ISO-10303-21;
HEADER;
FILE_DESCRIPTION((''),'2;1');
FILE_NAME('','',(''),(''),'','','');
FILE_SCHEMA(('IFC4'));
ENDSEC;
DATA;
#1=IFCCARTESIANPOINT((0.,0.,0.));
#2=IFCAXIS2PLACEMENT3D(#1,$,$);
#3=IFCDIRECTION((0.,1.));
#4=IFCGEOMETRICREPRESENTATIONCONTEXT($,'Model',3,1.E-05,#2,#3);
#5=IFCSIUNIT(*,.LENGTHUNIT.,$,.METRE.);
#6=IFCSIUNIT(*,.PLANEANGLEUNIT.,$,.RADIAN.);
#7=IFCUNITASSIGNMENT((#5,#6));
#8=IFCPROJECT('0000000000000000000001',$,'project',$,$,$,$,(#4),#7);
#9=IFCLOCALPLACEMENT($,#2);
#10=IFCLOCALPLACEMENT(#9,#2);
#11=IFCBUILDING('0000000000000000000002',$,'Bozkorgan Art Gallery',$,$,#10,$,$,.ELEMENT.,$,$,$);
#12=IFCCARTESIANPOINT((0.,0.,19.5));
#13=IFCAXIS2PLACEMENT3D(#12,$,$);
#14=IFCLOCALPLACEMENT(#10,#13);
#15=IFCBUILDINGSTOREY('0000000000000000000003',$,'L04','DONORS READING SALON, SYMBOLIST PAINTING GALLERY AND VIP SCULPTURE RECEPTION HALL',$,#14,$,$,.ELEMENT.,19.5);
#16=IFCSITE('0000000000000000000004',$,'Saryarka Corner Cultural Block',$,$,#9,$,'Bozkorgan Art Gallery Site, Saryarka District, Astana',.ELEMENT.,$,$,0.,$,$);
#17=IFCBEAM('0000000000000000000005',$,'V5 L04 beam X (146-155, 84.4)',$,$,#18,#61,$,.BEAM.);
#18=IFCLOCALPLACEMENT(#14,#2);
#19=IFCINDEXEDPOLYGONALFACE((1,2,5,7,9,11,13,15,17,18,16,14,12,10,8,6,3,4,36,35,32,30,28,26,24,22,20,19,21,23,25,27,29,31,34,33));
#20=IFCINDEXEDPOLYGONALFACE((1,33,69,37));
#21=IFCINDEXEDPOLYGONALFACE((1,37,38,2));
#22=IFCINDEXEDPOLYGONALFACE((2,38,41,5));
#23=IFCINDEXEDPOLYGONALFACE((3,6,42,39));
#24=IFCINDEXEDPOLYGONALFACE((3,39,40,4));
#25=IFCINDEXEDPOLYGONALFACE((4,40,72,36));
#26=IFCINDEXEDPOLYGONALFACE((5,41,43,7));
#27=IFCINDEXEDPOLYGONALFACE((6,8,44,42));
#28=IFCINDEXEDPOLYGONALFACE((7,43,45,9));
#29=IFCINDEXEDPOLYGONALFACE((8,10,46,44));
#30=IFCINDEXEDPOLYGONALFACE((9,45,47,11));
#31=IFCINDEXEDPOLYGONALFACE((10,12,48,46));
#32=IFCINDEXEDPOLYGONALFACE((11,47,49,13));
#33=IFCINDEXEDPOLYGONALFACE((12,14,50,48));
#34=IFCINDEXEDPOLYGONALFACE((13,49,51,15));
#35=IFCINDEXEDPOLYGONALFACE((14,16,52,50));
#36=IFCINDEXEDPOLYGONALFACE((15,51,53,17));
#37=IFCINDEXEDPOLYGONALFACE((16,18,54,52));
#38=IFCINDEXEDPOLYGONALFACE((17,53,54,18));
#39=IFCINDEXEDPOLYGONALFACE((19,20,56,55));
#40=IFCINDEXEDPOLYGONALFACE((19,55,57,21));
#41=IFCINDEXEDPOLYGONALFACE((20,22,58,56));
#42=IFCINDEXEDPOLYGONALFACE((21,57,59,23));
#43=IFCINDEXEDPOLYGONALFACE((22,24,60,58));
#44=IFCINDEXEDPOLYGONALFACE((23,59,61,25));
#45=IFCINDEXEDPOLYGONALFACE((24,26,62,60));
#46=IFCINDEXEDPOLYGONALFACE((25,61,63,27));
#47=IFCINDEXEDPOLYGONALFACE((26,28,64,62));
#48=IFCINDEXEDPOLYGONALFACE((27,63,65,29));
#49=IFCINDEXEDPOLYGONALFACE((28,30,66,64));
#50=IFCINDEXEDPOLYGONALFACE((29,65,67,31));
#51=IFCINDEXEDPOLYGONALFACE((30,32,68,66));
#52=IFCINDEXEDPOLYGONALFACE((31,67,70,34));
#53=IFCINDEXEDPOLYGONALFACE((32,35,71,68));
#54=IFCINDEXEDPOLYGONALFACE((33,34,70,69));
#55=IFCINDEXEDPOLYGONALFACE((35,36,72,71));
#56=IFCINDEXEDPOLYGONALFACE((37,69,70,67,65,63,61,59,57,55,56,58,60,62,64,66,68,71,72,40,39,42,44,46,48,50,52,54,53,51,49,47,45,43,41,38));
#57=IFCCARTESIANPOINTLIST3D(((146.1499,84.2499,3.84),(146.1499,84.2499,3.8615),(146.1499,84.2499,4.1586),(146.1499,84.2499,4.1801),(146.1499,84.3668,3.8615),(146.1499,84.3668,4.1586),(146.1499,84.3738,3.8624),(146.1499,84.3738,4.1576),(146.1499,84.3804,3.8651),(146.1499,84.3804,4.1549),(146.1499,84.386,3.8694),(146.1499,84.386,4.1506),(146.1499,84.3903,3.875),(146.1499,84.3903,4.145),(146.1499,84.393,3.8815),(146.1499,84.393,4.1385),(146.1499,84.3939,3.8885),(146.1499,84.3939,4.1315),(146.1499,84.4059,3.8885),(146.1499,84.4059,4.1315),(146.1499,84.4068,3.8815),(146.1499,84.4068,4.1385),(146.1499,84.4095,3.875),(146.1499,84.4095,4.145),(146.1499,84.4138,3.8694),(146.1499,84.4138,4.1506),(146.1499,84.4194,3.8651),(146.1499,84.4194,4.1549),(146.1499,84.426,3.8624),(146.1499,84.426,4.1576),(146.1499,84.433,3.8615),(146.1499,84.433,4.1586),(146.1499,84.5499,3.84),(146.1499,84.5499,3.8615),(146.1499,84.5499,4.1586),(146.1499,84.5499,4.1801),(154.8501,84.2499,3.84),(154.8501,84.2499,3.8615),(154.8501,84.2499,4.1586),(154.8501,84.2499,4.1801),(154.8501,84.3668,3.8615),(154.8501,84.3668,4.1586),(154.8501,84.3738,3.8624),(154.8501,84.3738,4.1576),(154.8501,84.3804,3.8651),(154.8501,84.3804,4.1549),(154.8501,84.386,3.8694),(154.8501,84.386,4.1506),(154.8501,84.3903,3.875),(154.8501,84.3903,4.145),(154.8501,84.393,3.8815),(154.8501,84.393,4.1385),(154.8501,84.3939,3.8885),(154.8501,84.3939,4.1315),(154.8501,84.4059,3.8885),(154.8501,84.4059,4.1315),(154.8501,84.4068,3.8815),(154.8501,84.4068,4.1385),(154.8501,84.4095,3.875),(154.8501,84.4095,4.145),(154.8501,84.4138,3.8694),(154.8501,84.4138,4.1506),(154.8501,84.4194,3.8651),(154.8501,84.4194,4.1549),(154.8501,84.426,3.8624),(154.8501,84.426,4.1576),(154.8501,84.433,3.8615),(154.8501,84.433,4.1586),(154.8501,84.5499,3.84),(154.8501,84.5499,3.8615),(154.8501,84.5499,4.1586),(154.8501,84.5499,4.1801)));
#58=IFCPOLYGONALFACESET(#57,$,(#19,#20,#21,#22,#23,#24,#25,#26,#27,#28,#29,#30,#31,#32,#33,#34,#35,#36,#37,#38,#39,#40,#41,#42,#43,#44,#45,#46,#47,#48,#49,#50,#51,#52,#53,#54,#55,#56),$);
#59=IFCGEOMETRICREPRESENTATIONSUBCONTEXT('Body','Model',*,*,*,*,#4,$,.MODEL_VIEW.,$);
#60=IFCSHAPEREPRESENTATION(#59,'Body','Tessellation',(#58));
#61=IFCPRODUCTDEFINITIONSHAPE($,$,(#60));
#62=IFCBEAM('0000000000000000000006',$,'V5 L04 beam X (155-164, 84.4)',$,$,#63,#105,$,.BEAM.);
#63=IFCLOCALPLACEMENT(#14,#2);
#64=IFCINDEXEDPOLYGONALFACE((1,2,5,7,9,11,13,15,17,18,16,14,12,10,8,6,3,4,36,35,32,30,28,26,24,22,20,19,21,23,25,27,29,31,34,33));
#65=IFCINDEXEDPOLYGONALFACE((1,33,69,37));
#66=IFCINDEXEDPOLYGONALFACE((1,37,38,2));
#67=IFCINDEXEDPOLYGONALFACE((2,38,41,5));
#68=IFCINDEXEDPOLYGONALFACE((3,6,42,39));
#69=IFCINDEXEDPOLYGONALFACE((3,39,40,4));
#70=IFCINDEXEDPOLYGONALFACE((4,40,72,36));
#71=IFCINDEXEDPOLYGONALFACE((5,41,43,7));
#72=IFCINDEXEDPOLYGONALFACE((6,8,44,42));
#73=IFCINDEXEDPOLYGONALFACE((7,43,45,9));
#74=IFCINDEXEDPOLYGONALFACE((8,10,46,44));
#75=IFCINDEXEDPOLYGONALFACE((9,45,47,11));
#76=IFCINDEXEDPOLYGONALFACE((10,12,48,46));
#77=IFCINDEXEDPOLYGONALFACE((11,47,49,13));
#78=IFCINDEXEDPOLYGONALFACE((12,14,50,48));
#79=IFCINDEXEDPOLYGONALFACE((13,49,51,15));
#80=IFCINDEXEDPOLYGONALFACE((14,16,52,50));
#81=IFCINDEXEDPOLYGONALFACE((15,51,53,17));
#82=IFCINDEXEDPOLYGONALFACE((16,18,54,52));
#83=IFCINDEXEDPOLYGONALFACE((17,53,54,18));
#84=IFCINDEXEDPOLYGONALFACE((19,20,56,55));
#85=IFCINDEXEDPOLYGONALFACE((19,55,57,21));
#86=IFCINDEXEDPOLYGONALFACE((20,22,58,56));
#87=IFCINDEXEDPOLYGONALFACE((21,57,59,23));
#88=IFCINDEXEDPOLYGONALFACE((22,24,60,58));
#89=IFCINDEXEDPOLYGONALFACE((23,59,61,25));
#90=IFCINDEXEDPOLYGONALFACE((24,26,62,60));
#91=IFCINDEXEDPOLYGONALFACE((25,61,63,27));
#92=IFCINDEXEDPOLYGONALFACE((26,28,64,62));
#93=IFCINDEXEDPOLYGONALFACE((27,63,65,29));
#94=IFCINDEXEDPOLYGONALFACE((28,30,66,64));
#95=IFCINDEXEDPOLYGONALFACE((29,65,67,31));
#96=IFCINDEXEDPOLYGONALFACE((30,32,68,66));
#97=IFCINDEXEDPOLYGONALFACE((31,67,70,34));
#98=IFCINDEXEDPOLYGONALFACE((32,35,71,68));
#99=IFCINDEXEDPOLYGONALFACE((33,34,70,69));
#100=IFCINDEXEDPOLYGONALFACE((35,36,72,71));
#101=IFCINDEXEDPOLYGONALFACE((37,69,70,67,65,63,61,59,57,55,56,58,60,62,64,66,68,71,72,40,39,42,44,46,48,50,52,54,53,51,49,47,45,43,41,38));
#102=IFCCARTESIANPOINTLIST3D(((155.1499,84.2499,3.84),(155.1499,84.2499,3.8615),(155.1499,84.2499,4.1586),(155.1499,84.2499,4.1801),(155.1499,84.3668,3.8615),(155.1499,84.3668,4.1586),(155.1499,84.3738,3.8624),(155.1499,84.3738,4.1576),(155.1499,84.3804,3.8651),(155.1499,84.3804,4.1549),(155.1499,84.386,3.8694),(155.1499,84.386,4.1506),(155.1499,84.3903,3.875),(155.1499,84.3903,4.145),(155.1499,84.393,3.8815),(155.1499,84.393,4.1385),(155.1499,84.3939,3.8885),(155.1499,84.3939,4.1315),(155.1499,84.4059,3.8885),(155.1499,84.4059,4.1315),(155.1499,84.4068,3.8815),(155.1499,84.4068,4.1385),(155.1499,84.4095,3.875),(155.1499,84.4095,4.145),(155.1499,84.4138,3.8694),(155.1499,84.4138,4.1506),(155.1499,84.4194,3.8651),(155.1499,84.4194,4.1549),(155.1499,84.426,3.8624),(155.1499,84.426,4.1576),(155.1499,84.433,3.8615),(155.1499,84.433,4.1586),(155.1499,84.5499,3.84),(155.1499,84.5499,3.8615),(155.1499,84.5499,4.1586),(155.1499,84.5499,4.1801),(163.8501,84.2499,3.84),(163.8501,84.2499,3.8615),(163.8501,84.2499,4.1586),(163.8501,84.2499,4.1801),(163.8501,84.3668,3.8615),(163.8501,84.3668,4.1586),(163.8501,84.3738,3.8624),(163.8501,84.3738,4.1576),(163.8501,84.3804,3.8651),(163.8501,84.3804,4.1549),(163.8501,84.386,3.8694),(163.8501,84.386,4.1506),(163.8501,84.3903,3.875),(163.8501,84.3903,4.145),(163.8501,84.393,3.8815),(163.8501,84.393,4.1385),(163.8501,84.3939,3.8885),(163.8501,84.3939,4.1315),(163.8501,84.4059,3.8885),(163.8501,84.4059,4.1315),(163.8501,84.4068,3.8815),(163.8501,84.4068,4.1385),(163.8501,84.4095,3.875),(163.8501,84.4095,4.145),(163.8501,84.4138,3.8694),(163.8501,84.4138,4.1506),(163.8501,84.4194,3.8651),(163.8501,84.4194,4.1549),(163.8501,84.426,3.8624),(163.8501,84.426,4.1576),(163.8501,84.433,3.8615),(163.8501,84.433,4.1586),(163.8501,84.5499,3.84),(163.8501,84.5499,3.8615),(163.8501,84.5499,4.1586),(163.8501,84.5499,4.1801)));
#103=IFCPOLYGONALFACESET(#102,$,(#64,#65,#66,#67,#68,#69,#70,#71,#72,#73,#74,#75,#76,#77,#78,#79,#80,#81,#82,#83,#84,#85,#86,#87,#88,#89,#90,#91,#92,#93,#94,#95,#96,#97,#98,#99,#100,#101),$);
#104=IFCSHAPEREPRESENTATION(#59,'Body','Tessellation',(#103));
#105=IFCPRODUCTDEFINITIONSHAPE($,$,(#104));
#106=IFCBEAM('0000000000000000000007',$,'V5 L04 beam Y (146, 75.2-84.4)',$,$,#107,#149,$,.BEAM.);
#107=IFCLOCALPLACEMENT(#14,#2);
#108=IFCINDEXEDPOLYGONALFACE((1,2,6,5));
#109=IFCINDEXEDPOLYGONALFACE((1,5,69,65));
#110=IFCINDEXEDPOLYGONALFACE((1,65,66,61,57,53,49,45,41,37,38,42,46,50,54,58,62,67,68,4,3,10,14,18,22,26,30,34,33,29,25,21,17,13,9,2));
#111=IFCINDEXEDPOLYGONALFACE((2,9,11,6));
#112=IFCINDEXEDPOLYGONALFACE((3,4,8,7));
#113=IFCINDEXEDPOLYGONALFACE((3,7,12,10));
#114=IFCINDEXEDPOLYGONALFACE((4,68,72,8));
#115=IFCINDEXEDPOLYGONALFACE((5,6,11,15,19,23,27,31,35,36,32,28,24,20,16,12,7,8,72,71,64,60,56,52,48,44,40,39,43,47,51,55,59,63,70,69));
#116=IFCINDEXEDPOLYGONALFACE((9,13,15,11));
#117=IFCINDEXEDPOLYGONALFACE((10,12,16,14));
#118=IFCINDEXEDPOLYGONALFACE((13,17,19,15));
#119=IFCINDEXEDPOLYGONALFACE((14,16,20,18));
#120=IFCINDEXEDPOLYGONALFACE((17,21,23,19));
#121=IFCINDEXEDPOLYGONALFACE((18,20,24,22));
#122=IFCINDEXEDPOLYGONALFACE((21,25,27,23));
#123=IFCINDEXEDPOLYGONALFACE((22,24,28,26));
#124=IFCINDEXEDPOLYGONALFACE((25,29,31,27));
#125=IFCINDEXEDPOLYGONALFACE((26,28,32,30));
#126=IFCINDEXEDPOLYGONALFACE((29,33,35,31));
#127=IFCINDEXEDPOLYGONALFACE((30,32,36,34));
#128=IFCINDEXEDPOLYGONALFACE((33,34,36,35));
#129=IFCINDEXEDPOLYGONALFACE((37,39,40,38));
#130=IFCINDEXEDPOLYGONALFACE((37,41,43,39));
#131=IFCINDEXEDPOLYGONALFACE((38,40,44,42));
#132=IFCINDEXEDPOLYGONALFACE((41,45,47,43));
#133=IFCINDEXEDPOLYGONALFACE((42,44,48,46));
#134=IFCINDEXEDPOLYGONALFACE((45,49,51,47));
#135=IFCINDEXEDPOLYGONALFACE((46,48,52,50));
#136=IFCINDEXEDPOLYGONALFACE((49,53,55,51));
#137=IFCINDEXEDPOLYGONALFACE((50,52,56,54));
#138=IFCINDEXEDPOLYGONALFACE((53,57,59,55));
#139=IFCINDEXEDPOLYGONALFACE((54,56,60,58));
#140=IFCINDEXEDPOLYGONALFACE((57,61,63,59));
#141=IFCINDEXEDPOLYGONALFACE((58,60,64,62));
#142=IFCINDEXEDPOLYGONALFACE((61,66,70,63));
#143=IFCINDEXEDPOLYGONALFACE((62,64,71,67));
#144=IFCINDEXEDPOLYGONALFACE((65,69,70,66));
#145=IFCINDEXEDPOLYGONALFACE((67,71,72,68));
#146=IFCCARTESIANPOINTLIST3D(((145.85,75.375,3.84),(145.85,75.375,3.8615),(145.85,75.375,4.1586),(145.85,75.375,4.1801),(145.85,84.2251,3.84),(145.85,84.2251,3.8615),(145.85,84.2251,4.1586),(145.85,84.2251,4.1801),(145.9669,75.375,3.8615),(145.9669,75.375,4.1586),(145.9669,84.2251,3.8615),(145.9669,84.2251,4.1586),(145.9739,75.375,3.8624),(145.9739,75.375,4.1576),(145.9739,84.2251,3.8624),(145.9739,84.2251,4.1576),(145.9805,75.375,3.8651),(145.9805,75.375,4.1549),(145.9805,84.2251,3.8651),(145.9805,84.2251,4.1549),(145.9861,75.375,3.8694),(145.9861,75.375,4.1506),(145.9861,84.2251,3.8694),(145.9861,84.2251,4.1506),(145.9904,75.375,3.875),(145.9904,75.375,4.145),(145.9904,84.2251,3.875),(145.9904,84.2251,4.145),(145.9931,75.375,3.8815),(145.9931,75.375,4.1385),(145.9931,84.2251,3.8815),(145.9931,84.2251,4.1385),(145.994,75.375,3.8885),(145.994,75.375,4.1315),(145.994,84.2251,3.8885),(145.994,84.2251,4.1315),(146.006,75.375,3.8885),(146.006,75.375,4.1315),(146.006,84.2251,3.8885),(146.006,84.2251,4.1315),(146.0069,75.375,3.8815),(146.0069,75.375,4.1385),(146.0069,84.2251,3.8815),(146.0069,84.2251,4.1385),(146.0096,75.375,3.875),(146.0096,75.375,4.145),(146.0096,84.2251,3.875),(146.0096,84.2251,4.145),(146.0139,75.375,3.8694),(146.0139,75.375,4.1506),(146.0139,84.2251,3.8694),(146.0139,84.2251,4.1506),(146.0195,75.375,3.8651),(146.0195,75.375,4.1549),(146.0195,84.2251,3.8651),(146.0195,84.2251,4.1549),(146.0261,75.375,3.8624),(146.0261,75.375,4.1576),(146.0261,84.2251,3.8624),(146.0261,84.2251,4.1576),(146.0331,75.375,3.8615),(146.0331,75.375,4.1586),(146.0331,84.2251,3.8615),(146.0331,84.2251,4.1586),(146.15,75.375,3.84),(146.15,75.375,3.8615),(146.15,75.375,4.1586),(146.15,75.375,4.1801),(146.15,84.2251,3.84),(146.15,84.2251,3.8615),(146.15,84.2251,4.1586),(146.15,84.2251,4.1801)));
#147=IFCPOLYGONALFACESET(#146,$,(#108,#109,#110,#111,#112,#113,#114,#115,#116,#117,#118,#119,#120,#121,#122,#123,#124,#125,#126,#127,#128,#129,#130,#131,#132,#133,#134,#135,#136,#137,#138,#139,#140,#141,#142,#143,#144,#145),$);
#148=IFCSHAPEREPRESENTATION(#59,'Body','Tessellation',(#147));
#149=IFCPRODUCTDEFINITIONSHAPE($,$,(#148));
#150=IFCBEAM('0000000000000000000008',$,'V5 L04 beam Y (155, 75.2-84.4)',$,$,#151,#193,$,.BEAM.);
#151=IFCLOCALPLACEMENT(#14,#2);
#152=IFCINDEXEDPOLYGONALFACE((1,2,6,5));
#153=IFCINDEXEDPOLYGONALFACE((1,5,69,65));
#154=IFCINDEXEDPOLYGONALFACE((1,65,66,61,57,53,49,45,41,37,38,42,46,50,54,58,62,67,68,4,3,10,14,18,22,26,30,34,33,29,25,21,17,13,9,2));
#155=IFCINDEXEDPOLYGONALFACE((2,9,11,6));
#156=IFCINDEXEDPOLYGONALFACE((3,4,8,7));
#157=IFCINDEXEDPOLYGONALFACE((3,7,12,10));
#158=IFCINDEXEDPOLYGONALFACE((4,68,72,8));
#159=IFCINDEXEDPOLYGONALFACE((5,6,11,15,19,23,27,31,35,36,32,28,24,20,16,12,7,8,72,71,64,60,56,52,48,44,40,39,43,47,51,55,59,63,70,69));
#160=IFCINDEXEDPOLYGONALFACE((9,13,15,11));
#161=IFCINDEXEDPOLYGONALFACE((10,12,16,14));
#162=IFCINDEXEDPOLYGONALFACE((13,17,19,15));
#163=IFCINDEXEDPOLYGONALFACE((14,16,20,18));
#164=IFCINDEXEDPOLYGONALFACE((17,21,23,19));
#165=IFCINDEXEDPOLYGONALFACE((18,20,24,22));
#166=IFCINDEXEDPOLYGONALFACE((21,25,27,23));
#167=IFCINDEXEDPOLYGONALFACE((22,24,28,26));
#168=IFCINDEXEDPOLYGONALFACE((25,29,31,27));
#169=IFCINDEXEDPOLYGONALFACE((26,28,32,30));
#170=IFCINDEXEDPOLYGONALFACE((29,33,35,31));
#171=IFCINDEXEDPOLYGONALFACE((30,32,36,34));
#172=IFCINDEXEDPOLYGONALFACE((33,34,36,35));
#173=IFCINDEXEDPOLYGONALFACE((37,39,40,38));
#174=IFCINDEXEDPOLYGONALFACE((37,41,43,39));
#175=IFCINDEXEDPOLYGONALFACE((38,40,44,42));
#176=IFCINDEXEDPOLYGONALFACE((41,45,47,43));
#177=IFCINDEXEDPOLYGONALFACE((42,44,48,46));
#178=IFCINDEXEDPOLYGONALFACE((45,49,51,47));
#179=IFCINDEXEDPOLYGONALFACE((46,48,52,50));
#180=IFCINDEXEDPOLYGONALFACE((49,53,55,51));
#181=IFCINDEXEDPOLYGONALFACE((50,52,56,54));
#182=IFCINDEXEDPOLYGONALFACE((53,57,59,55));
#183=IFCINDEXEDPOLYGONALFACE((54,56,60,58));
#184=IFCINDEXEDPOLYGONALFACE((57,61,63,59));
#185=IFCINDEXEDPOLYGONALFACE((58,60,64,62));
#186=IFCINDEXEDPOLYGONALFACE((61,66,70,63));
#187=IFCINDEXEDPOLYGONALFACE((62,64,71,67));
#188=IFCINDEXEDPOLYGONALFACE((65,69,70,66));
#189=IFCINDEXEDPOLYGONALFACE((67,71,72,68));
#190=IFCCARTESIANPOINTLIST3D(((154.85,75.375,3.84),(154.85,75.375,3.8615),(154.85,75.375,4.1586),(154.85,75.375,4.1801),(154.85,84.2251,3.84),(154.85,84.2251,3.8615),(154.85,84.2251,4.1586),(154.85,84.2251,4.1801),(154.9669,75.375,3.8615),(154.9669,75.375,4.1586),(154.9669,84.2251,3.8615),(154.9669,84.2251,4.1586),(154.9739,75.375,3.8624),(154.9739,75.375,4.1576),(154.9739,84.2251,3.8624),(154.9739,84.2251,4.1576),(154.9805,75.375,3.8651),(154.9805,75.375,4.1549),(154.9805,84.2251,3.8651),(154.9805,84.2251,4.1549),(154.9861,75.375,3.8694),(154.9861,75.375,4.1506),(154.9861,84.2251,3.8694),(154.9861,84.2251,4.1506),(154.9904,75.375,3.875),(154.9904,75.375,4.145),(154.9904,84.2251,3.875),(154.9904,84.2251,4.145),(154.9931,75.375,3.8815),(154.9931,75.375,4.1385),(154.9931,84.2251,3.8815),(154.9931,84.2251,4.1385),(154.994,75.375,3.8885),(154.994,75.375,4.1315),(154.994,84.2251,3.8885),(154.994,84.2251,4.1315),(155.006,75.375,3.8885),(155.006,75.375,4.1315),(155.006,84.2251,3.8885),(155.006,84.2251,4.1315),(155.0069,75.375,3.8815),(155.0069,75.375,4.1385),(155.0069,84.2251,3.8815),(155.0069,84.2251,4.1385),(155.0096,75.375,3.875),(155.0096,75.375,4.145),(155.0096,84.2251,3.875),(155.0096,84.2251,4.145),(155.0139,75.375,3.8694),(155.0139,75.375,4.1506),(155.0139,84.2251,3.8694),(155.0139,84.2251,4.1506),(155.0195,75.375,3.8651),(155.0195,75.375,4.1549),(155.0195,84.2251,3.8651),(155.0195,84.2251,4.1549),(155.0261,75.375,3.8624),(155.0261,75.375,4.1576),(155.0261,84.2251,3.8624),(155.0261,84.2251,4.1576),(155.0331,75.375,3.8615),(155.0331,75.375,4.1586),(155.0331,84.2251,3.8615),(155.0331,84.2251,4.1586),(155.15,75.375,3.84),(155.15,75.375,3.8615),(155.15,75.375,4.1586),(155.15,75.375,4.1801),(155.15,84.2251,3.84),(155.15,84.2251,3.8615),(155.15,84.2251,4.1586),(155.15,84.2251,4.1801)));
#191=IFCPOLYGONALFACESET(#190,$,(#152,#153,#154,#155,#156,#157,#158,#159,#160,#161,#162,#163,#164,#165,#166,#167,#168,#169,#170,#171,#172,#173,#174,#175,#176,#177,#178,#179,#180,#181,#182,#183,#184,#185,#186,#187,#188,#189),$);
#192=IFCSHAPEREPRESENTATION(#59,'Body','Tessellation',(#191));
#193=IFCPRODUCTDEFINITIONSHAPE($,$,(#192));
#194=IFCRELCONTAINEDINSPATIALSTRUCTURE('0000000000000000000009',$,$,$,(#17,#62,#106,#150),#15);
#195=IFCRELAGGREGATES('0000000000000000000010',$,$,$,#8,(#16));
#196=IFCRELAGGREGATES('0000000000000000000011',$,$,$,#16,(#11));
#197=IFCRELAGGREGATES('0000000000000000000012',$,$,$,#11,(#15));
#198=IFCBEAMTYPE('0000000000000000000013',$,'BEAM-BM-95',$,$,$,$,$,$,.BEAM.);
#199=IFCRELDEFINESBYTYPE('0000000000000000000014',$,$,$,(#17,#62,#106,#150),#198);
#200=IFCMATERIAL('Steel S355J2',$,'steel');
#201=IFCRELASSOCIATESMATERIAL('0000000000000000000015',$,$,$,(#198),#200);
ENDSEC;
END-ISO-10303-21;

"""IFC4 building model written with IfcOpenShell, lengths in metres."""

from ifc_helpers import new_model, si_unit, direction, frame, origin, origin_2d, place, context, subcontext, project, spatial, i_section, extrude, material, material_profile, profile_set, type_object, element, save


model = new_model("IFC4")

# Units and contexts
model_context = context("Model", 3, precision=1e-05, world=origin(), true_north=direction((0.0, 1.0)))
body_context = subcontext(model_context, "Body", "Model", "MODEL_VIEW")
ifc_project = project(units=[si_unit("LENGTHUNIT", "METRE"), si_unit("PLANEANGLEUNIT", "RADIAN")], contexts=[model_context])

# Site, building, storey
site_placement = place(None, origin())
site = spatial("IfcSite", under=ifc_project, at=site_placement, Name="Saryarka Corner Cultural Block", LongName="Bozkorgan Art Gallery Site, Saryarka District, Astana", CompositionType="ELEMENT", RefElevation=0.0)
building_placement = place(site_placement, origin())
building = spatial("IfcBuilding", under=site, at=building_placement, Name="Bozkorgan Art Gallery", CompositionType="ELEMENT")
storey_placement = place(building_placement, frame((0.0, 0.0, 19.5)))
storey = spatial("IfcBuildingStorey", under=building, at=storey_placement, Name="L04", Description="DONORS READING SALON, SYMBOLIST PAINTING GALLERY AND VIP SCULPTURE RECEPTION HALL", CompositionType="ELEMENT", Elevation=19.5)

# Shared definitions
ifc_material_1 = material(Name="Steel S355J2", Category="steel")

# Beams
ifc_material_profile_1 = material_profile(ifc_material_1, i_section(OverallWidth=0.3, OverallDepth=0.3401, WebThickness=0.012, FlangeThickness=0.0215, FilletRadius=0.0271, at=origin_2d()), Name="HEB 340")
ifc_profile_set_1 = profile_set([ifc_material_profile_1], Name="Steel S355J2")
beam_type = type_object("IfcBeamType", Name="BEAM-BM-95", PredefinedType="BEAM", material=ifc_profile_set_1)
for number, where, z_axis, x_axis, name in (
    (1, (146.1499, 84.3999, 4.01), (1.0, 0.0, 0.0), (0.0, 1.0, 0.0), "V5 L04 beam X (146-155, 84.4)"),
    (2, (155.1499, 84.3999, 4.01), (1.0, 0.0, 0.0), (0.0, 1.0, 0.0), "V5 L04 beam X (155-164, 84.4)"),
):
    element("IfcBeam", number, at=place(storey_placement, frame(where, z_axis=z_axis, x_axis=x_axis)), inside=storey, type_object=beam_type, Name=name, PredefinedType="BEAM", context=body_context, shape_type="SweptSolid", body=[
        extrude(i_section(OverallWidth=0.3, OverallDepth=0.3401, WebThickness=0.012, FlangeThickness=0.0215, FilletRadius=0.0271, at=origin_2d()), origin(), (0.0, 0.0, 1.0), 8.7002),
    ])
for number, where, z_axis, x_axis, name in (
    (3, (146.0, 75.375, 4.01), (0.0, 1.0, 0.0), (-1.0, 0.0, 0.0), "V5 L04 beam Y (146, 75.2-84.4)"),
    (4, (155.0, 75.375, 4.01), (0.0, 1.0, 0.0), (-1.0, 0.0, 0.0), "V5 L04 beam Y (155, 75.2-84.4)"),
):
    element("IfcBeam", number, at=place(storey_placement, frame(where, z_axis=z_axis, x_axis=x_axis)), inside=storey, type_object=beam_type, Name=name, PredefinedType="BEAM", context=body_context, shape_type="SweptSolid", body=[
        extrude(i_section(OverallWidth=0.3, OverallDepth=0.3401, WebThickness=0.012, FlangeThickness=0.0215, FilletRadius=0.0271, at=origin_2d()), origin(), (0.0, 0.0, 1.0), 8.8501),
    ])

save(model, "model.ifc")
